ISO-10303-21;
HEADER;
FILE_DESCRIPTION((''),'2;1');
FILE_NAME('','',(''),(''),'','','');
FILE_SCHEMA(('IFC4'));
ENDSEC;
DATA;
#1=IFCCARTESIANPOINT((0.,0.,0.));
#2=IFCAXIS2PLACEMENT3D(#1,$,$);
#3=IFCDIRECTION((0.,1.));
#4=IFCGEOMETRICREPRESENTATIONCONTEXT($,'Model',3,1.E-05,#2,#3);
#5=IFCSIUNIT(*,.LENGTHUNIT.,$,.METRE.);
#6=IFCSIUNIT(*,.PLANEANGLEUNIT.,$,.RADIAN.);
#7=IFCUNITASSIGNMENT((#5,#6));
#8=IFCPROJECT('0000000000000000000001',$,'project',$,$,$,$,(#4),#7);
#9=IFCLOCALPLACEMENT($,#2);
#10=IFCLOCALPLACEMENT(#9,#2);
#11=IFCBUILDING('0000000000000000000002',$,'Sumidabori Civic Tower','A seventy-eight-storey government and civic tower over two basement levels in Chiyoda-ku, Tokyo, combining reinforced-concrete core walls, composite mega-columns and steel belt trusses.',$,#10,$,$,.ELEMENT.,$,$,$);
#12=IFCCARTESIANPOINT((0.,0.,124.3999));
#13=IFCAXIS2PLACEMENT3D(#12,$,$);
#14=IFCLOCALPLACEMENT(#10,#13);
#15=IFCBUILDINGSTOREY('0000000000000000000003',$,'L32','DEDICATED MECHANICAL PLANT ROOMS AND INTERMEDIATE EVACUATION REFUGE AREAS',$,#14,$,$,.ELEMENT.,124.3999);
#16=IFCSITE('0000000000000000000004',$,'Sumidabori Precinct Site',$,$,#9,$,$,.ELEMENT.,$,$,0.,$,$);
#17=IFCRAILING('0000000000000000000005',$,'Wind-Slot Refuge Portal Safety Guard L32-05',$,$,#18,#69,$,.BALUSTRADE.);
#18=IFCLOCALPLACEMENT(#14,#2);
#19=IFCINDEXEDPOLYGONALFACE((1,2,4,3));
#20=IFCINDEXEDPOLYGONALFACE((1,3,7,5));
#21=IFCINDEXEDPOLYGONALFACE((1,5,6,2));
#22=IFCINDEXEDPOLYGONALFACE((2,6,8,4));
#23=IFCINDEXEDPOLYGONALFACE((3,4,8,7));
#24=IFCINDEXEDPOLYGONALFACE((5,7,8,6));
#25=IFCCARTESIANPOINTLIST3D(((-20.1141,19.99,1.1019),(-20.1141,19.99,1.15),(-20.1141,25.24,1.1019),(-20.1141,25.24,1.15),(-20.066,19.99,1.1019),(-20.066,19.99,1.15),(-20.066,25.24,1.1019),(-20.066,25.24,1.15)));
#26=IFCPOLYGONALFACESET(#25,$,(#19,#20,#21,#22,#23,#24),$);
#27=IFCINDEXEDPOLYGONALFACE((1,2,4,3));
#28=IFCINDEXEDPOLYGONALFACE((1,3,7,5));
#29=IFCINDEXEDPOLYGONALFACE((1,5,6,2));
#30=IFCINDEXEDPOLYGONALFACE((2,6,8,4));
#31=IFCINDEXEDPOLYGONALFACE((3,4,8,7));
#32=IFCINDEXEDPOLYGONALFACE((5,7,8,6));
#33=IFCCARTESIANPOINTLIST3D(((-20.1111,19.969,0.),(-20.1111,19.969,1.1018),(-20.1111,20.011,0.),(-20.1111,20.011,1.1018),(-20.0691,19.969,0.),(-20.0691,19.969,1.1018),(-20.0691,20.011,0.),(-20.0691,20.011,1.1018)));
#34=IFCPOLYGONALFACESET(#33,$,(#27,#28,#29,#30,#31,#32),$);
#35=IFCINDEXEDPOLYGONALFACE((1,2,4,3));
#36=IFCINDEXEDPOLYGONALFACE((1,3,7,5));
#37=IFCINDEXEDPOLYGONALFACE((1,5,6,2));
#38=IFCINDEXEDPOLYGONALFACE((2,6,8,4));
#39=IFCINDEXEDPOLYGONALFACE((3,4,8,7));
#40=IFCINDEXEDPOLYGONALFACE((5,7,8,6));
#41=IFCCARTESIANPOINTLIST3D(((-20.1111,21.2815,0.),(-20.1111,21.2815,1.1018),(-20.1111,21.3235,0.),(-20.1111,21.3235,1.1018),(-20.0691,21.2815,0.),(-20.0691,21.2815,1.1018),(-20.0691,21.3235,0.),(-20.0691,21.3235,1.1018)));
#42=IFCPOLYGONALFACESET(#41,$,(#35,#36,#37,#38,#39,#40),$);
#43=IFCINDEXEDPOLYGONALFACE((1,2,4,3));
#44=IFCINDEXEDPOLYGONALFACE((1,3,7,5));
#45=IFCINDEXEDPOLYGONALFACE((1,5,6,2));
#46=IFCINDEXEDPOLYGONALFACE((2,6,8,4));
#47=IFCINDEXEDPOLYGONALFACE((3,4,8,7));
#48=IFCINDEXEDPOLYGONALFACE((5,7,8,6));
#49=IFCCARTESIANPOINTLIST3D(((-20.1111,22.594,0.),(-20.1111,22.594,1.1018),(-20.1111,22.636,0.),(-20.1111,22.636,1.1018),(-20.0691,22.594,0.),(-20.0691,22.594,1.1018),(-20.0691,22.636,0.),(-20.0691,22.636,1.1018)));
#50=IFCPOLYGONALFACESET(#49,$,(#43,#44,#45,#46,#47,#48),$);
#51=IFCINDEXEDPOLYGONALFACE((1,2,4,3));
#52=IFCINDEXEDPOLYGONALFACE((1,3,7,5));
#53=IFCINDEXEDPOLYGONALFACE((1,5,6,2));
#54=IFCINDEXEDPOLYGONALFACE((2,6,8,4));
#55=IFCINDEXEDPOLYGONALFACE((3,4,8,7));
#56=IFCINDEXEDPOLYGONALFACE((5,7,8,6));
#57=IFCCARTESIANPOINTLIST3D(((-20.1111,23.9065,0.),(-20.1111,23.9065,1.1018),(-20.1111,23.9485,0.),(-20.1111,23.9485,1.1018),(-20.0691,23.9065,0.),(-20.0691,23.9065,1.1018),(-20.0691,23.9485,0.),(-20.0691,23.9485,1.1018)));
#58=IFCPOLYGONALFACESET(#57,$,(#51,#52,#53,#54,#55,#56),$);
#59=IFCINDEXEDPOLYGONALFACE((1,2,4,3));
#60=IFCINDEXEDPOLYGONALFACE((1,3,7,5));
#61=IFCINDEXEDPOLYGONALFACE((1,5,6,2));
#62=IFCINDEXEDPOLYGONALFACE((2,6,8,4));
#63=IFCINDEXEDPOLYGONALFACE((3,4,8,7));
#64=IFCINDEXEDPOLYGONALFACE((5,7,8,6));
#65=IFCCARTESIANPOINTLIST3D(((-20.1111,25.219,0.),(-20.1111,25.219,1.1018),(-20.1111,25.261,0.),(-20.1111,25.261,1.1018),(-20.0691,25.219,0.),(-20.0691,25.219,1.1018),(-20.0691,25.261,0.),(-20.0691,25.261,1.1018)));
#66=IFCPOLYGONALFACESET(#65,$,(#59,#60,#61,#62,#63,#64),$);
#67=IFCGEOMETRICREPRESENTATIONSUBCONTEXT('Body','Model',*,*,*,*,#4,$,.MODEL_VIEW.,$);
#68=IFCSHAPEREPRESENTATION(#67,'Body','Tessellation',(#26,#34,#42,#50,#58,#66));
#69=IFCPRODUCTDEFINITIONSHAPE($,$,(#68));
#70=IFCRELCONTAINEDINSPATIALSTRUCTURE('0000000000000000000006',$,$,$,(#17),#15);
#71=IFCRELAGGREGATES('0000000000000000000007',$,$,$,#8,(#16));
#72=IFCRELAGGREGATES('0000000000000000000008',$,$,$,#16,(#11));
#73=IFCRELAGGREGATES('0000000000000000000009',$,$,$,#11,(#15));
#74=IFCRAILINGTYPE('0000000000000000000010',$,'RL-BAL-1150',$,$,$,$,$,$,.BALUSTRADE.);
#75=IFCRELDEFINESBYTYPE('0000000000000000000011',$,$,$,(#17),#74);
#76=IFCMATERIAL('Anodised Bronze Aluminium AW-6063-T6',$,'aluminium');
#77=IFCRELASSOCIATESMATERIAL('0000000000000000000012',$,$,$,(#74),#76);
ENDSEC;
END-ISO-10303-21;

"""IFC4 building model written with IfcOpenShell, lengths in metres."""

from ifc_helpers import new_model, si_unit, direction, frame, origin, origin_2d, place, context, subcontext, project, spatial, rectangle, extrude, material, type_object, element, save


model = new_model("IFC4")

# Units and contexts
model_context = context("Model", 3, precision=1e-05, world=origin(), true_north=direction((0.0, 1.0)))
body_context = subcontext(model_context, "Body", "Model", "MODEL_VIEW")
ifc_project = project(units=[si_unit("LENGTHUNIT", "METRE"), si_unit("PLANEANGLEUNIT", "RADIAN")], contexts=[model_context])

# Site, building, storey
site_placement = place(None, origin())
site = spatial("IfcSite", under=ifc_project, at=site_placement, Name="Sumidabori Precinct Site", CompositionType="ELEMENT", RefElevation=0.0)
building_placement = place(site_placement, origin())
building = spatial("IfcBuilding", under=site, at=building_placement, Name="Sumidabori Civic Tower", Description="A seventy-eight-storey government and civic tower over two basement levels in Chiyoda-ku, Tokyo, combining reinforced-concrete core walls, composite mega-columns and steel belt trusses.", CompositionType="ELEMENT")
storey_placement = place(building_placement, frame((0.0, 0.0, 124.3999)))
storey = spatial("IfcBuildingStorey", under=building, at=storey_placement, Name="L32", Description="DEDICATED MECHANICAL PLANT ROOMS AND INTERMEDIATE EVACUATION REFUGE AREAS", CompositionType="ELEMENT", Elevation=124.3999)

# Railing
ifc_material_1 = material(Name="Anodised Bronze Aluminium AW-6063-T6", Category="aluminium")
railing_type_1 = type_object("IfcRailingType", Name="RL-BAL-1150", PredefinedType="BALUSTRADE", material=ifc_material_1)
railing_1_placement = place(storey_placement, frame((-20.0901, 19.99, 0.0)))
element("IfcRailing", 1, at=railing_1_placement, inside=storey, type_object=railing_type_1, Name="Wind-Slot Refuge Portal Safety Guard L32-05", PredefinedType="BALUSTRADE", context=body_context, shape_type="SweptSolid", body=[
    extrude(rectangle(XDim=0.0481, YDim=0.0481, at=origin_2d()), frame((0.0, 0.0, 1.126), z_axis=(0.0, 1.0, 0.0), x_axis=(-1.0, 0.0, 0.0)), (0.0, 0.0, 1.0), 5.25),
    extrude(rectangle(XDim=0.042, YDim=0.042, at=origin_2d()), origin(), (0.0, 0.0, 1.0), 1.1018),
    extrude(rectangle(XDim=0.042, YDim=0.042, at=origin_2d()), frame((0.0, 1.3125, 0.0)), (0.0, 0.0, 1.0), 1.1018),
    extrude(rectangle(XDim=0.042, YDim=0.042, at=origin_2d()), frame((0.0, 2.625, 0.0)), (0.0, 0.0, 1.0), 1.1018),
    extrude(rectangle(XDim=0.042, YDim=0.042, at=origin_2d()), frame((0.0, 3.9375, 0.0)), (0.0, 0.0, 1.0), 1.1018),
    extrude(rectangle(XDim=0.042, YDim=0.042, at=origin_2d()), frame((0.0, 5.25, 0.0)), (0.0, 0.0, 1.0), 1.1018),
])

save(model, "model.ifc")
